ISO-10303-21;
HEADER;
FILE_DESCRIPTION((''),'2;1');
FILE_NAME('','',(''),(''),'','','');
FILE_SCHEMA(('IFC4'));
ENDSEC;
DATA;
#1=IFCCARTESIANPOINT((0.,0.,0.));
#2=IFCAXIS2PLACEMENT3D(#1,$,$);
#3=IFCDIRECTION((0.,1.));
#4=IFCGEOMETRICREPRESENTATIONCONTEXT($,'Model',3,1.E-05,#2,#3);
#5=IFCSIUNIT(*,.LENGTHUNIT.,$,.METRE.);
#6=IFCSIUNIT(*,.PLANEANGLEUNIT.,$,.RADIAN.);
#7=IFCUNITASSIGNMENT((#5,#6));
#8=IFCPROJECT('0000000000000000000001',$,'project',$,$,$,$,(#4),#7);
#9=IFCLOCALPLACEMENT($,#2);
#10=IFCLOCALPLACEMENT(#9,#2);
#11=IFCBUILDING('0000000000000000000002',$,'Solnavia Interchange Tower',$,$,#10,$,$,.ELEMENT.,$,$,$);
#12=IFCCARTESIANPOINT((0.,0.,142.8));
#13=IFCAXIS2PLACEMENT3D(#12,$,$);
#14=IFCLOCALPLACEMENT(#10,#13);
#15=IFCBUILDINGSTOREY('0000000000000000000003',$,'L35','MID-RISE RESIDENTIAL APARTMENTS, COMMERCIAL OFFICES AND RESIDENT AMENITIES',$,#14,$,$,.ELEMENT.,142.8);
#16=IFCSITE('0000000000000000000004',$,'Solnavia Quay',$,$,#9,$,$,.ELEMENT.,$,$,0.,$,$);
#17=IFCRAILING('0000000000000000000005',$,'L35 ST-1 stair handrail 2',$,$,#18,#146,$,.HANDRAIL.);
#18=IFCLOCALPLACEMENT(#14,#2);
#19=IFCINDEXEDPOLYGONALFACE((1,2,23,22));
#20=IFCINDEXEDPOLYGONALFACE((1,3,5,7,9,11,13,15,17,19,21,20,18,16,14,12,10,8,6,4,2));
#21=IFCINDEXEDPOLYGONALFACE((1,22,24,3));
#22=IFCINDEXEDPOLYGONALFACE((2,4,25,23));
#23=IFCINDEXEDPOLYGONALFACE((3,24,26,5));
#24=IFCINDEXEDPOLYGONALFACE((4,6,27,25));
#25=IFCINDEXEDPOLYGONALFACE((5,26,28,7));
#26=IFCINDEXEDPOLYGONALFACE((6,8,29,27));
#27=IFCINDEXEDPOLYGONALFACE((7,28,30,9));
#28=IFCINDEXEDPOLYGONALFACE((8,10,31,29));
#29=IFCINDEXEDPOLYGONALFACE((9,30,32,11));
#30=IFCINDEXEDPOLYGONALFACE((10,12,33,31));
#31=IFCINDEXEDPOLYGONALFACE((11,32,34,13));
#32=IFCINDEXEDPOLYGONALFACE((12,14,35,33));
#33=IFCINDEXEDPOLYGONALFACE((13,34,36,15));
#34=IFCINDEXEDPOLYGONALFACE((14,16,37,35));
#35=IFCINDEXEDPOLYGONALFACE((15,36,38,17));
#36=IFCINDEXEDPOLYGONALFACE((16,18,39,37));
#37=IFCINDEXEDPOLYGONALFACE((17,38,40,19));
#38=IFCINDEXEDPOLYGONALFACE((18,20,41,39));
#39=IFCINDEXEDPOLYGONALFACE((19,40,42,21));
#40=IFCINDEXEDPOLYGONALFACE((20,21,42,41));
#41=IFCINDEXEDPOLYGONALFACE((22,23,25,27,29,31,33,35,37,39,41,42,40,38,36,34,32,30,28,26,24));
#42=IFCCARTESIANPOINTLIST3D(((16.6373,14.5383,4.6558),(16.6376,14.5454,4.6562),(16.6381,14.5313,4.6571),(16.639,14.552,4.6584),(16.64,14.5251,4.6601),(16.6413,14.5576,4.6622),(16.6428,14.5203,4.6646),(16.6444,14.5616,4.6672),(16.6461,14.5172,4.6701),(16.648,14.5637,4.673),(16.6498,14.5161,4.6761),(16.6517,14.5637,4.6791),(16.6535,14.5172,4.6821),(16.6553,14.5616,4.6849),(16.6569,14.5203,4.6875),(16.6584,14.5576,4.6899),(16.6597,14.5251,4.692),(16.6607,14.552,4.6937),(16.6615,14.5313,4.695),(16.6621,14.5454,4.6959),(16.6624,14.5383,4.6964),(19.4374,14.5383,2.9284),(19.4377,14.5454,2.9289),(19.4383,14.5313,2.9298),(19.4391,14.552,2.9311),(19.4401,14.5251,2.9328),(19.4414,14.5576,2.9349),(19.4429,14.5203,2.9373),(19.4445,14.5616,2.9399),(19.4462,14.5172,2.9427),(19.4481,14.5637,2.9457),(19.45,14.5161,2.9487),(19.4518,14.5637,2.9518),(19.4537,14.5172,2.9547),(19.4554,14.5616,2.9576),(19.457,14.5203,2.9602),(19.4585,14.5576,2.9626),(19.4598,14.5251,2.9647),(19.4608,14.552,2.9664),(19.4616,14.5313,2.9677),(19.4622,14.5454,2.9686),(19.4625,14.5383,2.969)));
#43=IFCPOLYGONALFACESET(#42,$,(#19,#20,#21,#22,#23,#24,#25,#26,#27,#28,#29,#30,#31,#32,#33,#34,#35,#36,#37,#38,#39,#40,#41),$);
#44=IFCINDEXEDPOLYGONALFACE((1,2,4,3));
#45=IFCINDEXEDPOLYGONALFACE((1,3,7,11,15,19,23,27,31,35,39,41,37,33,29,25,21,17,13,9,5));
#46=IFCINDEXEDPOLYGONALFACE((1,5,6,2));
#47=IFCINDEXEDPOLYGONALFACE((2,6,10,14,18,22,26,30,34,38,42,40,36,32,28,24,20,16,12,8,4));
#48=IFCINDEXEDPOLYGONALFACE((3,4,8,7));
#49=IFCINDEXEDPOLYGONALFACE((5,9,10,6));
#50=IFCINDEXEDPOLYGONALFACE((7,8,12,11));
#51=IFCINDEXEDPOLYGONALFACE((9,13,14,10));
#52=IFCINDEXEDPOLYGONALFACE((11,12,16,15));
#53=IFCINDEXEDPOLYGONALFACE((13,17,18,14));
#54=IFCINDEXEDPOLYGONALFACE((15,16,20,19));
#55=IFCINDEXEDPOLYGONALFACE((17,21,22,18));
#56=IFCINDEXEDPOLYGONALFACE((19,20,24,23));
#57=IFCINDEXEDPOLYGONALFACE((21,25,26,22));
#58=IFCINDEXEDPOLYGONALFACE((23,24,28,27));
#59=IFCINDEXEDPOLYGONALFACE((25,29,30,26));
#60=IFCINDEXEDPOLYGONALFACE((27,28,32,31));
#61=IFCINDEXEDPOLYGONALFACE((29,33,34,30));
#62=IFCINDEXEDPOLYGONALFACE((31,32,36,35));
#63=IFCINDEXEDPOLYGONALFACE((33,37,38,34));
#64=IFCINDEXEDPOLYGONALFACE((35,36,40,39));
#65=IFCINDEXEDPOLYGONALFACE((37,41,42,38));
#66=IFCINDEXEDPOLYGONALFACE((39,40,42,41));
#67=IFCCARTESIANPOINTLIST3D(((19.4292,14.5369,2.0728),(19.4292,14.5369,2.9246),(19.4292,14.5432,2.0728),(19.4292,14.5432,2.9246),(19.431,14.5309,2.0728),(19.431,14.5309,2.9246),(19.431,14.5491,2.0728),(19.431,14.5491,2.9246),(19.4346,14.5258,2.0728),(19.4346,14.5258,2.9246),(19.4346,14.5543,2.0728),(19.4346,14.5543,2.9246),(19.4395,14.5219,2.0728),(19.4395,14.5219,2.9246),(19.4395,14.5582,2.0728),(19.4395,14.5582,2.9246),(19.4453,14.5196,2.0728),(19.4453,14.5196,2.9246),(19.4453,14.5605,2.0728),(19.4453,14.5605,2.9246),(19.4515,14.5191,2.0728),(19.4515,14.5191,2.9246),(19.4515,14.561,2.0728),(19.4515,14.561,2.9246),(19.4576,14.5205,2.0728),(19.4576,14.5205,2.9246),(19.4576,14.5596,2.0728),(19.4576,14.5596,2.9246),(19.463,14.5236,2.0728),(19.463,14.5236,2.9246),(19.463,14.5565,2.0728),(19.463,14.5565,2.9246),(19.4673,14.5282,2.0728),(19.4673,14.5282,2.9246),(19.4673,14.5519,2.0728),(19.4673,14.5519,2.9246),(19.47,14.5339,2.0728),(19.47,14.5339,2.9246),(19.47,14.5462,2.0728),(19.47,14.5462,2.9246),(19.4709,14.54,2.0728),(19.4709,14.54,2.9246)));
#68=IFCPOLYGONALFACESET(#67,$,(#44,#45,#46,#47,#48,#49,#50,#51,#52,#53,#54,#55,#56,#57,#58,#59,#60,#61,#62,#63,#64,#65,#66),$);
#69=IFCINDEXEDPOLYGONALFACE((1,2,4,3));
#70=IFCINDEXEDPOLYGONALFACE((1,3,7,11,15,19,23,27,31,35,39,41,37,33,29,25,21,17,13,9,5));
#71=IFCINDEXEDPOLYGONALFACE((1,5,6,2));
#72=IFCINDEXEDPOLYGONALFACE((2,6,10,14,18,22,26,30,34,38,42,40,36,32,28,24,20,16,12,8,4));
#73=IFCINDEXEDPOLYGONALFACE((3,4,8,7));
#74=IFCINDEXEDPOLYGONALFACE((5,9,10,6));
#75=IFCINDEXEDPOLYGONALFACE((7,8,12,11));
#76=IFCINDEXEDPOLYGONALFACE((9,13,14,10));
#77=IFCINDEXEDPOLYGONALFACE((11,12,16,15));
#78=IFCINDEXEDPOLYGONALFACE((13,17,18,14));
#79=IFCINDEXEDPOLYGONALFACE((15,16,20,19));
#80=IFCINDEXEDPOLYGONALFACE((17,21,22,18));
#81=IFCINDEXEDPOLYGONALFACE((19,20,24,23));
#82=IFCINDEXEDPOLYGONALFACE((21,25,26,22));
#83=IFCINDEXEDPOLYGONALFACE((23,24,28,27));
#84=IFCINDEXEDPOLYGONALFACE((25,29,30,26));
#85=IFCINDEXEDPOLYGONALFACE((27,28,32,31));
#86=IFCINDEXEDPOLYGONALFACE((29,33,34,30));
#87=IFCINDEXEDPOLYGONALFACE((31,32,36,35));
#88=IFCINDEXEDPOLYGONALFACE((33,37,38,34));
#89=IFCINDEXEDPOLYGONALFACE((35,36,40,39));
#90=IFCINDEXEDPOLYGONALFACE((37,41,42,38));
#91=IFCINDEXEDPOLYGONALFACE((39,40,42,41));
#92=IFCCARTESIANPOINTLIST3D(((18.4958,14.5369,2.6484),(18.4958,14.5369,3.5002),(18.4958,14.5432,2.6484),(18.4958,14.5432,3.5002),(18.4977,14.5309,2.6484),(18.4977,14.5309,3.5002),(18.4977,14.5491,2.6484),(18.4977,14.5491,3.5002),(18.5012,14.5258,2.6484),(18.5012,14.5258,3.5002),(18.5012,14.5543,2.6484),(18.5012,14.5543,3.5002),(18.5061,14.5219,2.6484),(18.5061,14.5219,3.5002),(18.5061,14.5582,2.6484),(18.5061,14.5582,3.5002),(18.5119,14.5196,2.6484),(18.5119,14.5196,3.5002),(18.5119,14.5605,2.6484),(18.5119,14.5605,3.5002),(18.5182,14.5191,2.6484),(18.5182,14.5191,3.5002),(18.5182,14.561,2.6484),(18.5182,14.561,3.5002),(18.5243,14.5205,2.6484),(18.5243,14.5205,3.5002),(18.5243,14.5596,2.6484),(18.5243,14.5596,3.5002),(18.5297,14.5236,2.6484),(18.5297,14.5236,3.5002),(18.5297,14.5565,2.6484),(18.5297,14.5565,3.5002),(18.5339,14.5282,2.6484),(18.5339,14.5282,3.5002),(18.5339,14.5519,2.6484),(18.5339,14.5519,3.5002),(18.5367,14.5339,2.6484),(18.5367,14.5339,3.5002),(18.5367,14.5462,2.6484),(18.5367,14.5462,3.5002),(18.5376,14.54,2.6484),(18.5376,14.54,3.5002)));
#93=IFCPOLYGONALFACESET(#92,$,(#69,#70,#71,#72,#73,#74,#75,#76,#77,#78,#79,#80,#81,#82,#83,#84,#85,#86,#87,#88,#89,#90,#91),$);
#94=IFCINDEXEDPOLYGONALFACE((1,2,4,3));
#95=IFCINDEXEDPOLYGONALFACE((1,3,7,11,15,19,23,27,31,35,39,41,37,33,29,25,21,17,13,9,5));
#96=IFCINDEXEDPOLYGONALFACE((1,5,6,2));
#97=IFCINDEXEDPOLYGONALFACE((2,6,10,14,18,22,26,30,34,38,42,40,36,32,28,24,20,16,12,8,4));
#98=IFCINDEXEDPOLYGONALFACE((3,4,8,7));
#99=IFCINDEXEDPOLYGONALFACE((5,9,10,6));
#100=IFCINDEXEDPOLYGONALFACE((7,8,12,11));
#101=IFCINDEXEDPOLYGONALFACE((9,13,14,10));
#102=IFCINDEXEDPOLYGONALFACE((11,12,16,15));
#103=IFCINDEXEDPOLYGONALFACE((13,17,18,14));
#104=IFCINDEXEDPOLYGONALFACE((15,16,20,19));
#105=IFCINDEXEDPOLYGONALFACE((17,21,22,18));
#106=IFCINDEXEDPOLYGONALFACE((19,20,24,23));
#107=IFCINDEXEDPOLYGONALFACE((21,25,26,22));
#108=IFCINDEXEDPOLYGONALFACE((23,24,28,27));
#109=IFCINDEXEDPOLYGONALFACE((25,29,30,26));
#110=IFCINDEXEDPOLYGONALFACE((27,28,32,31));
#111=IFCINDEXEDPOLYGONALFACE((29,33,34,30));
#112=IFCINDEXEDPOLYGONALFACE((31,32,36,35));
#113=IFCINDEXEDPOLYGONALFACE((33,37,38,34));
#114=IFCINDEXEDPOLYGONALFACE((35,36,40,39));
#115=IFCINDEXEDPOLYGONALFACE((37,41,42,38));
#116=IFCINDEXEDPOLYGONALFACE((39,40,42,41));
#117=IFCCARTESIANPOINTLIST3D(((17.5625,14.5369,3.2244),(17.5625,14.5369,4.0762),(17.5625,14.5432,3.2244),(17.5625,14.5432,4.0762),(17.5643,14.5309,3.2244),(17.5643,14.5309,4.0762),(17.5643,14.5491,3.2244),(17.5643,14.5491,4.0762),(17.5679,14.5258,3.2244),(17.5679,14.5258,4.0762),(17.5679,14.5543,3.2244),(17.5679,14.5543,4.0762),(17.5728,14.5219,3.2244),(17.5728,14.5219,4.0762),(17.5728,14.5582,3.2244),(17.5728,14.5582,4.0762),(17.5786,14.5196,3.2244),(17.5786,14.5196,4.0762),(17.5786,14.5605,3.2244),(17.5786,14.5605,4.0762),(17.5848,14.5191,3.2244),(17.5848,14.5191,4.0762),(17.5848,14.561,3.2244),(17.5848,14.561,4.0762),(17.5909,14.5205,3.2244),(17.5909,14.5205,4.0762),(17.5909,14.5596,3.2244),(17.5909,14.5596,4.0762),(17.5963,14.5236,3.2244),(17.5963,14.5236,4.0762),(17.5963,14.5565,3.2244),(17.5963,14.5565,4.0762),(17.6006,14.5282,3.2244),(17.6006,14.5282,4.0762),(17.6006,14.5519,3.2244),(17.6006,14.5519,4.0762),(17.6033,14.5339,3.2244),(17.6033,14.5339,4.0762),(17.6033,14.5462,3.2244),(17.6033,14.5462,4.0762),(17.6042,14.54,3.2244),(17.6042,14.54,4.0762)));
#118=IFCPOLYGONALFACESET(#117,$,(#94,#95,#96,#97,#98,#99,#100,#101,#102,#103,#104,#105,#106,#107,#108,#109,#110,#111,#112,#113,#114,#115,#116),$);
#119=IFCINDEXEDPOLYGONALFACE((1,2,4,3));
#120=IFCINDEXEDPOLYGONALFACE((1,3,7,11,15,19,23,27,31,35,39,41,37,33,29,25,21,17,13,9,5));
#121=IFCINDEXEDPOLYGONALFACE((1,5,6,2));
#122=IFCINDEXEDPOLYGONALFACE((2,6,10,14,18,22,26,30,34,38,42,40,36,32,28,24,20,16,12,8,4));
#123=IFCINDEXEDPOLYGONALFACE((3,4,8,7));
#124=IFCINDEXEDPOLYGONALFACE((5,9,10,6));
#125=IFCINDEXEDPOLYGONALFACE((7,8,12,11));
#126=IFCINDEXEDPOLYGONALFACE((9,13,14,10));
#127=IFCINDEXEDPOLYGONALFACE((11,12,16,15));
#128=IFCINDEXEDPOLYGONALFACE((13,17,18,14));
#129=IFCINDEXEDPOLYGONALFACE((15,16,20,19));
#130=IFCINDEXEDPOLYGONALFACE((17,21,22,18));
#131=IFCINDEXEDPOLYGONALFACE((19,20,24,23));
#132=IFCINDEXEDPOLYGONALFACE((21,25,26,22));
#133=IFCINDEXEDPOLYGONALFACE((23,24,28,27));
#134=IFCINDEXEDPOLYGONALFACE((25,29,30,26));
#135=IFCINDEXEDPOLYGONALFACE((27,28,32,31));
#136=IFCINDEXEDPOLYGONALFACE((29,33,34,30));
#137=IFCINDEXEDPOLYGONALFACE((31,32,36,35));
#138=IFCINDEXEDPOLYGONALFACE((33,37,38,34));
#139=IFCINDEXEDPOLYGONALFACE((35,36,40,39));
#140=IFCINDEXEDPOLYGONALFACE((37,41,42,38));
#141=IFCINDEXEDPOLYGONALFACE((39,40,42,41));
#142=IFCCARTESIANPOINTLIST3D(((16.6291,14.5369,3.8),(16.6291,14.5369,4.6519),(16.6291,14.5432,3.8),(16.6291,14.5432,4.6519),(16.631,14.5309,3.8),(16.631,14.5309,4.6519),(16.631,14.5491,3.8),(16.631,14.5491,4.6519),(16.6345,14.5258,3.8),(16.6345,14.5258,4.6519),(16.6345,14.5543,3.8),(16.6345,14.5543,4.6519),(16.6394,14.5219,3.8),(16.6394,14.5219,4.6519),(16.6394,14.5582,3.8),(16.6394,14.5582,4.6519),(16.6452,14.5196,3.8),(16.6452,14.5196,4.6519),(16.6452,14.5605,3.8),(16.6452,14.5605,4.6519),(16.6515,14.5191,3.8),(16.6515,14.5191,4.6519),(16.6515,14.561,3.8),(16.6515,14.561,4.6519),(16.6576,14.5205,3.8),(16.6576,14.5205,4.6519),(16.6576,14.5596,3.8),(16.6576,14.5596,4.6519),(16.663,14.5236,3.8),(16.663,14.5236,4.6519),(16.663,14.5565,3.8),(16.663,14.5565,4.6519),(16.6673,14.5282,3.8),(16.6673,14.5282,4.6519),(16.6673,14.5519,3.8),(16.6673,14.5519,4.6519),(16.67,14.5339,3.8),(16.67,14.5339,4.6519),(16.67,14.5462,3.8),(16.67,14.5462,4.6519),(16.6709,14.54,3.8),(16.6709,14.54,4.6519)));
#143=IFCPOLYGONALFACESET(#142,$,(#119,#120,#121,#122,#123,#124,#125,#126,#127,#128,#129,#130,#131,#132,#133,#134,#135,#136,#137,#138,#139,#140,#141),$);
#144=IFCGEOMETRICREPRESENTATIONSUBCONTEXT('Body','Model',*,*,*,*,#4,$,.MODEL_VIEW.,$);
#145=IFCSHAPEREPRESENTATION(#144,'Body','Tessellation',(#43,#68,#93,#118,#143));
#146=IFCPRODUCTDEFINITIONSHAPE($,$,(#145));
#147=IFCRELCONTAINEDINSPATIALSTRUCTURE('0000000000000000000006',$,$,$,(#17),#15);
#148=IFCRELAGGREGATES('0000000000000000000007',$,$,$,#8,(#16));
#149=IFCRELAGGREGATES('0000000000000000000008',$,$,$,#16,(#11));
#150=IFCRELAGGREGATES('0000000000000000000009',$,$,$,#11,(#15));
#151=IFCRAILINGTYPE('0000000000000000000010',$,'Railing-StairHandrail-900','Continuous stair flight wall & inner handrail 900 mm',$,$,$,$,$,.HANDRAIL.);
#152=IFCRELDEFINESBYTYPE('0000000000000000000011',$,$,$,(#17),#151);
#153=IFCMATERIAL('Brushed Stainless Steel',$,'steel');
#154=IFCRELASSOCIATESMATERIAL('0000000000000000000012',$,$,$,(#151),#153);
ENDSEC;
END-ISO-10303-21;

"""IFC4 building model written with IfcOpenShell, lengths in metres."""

from ifc_helpers import new_model, si_unit, direction, frame, origin, origin_2d, place, context, subcontext, project, spatial, circle, extrude, material, type_object, element, save


model = new_model("IFC4")

# Units and contexts
model_context = context("Model", 3, precision=1e-05, world=origin(), true_north=direction((0.0, 1.0)))
body_context = subcontext(model_context, "Body", "Model", "MODEL_VIEW")
ifc_project = project(units=[si_unit("LENGTHUNIT", "METRE"), si_unit("PLANEANGLEUNIT", "RADIAN")], contexts=[model_context])

# Site, building, storey
site_placement = place(None, origin())
site = spatial("IfcSite", under=ifc_project, at=site_placement, Name="Solnavia Quay", CompositionType="ELEMENT", RefElevation=0.0)
building_placement = place(site_placement, origin())
building = spatial("IfcBuilding", under=site, at=building_placement, Name="Solnavia Interchange Tower", CompositionType="ELEMENT")
storey_placement = place(building_placement, frame((0.0, 0.0, 142.8)))
storey = spatial("IfcBuildingStorey", under=building, at=storey_placement, Name="L35", Description="MID-RISE RESIDENTIAL APARTMENTS, COMMERCIAL OFFICES AND RESIDENT AMENITIES", CompositionType="ELEMENT", Elevation=142.8)

# Railing
ifc_material_1 = material(Name="Brushed Stainless Steel", Category="steel")
railing_type_1 = type_object("IfcRailingType", Name="Railing-StairHandrail-900", Description="Continuous stair flight wall & inner handrail 900 mm", PredefinedType="HANDRAIL", material=ifc_material_1)
railing_1_placement = place(storey_placement, frame((19.45, 14.54, 2.0728)))
element("IfcRailing", 1, at=railing_1_placement, inside=storey, type_object=railing_type_1, Name="L35 ST-1 stair handrail 2", PredefinedType="HANDRAIL", context=body_context, shape_type="SweptSolid", body=[
    extrude(circle(Radius=0.0239, at=origin_2d()), frame((0.0, 0.0, 0.876), z_axis=(-0.85109, 0.0, 0.52502), x_axis=(0.0, -1.0, 0.0)), (0.0, 0.0, 1.0), 3.29),
    extrude(circle(Radius=0.021, at=origin_2d()), origin(), (0.0, 0.0, 1.0), 0.8518),
    extrude(circle(Radius=0.021, at=origin_2d()), frame((-0.9333, 0.0, 0.5757)), (0.0, 0.0, 1.0), 0.8518),
    extrude(circle(Radius=0.021, at=origin_2d()), frame((-1.8667, 0.0, 1.1516)), (0.0, 0.0, 1.0), 0.8518),
    extrude(circle(Radius=0.021, at=origin_2d()), frame((-2.8, 0.0, 1.7273)), (0.0, 0.0, 1.0), 0.8518),
])

save(model, "model.ifc")
